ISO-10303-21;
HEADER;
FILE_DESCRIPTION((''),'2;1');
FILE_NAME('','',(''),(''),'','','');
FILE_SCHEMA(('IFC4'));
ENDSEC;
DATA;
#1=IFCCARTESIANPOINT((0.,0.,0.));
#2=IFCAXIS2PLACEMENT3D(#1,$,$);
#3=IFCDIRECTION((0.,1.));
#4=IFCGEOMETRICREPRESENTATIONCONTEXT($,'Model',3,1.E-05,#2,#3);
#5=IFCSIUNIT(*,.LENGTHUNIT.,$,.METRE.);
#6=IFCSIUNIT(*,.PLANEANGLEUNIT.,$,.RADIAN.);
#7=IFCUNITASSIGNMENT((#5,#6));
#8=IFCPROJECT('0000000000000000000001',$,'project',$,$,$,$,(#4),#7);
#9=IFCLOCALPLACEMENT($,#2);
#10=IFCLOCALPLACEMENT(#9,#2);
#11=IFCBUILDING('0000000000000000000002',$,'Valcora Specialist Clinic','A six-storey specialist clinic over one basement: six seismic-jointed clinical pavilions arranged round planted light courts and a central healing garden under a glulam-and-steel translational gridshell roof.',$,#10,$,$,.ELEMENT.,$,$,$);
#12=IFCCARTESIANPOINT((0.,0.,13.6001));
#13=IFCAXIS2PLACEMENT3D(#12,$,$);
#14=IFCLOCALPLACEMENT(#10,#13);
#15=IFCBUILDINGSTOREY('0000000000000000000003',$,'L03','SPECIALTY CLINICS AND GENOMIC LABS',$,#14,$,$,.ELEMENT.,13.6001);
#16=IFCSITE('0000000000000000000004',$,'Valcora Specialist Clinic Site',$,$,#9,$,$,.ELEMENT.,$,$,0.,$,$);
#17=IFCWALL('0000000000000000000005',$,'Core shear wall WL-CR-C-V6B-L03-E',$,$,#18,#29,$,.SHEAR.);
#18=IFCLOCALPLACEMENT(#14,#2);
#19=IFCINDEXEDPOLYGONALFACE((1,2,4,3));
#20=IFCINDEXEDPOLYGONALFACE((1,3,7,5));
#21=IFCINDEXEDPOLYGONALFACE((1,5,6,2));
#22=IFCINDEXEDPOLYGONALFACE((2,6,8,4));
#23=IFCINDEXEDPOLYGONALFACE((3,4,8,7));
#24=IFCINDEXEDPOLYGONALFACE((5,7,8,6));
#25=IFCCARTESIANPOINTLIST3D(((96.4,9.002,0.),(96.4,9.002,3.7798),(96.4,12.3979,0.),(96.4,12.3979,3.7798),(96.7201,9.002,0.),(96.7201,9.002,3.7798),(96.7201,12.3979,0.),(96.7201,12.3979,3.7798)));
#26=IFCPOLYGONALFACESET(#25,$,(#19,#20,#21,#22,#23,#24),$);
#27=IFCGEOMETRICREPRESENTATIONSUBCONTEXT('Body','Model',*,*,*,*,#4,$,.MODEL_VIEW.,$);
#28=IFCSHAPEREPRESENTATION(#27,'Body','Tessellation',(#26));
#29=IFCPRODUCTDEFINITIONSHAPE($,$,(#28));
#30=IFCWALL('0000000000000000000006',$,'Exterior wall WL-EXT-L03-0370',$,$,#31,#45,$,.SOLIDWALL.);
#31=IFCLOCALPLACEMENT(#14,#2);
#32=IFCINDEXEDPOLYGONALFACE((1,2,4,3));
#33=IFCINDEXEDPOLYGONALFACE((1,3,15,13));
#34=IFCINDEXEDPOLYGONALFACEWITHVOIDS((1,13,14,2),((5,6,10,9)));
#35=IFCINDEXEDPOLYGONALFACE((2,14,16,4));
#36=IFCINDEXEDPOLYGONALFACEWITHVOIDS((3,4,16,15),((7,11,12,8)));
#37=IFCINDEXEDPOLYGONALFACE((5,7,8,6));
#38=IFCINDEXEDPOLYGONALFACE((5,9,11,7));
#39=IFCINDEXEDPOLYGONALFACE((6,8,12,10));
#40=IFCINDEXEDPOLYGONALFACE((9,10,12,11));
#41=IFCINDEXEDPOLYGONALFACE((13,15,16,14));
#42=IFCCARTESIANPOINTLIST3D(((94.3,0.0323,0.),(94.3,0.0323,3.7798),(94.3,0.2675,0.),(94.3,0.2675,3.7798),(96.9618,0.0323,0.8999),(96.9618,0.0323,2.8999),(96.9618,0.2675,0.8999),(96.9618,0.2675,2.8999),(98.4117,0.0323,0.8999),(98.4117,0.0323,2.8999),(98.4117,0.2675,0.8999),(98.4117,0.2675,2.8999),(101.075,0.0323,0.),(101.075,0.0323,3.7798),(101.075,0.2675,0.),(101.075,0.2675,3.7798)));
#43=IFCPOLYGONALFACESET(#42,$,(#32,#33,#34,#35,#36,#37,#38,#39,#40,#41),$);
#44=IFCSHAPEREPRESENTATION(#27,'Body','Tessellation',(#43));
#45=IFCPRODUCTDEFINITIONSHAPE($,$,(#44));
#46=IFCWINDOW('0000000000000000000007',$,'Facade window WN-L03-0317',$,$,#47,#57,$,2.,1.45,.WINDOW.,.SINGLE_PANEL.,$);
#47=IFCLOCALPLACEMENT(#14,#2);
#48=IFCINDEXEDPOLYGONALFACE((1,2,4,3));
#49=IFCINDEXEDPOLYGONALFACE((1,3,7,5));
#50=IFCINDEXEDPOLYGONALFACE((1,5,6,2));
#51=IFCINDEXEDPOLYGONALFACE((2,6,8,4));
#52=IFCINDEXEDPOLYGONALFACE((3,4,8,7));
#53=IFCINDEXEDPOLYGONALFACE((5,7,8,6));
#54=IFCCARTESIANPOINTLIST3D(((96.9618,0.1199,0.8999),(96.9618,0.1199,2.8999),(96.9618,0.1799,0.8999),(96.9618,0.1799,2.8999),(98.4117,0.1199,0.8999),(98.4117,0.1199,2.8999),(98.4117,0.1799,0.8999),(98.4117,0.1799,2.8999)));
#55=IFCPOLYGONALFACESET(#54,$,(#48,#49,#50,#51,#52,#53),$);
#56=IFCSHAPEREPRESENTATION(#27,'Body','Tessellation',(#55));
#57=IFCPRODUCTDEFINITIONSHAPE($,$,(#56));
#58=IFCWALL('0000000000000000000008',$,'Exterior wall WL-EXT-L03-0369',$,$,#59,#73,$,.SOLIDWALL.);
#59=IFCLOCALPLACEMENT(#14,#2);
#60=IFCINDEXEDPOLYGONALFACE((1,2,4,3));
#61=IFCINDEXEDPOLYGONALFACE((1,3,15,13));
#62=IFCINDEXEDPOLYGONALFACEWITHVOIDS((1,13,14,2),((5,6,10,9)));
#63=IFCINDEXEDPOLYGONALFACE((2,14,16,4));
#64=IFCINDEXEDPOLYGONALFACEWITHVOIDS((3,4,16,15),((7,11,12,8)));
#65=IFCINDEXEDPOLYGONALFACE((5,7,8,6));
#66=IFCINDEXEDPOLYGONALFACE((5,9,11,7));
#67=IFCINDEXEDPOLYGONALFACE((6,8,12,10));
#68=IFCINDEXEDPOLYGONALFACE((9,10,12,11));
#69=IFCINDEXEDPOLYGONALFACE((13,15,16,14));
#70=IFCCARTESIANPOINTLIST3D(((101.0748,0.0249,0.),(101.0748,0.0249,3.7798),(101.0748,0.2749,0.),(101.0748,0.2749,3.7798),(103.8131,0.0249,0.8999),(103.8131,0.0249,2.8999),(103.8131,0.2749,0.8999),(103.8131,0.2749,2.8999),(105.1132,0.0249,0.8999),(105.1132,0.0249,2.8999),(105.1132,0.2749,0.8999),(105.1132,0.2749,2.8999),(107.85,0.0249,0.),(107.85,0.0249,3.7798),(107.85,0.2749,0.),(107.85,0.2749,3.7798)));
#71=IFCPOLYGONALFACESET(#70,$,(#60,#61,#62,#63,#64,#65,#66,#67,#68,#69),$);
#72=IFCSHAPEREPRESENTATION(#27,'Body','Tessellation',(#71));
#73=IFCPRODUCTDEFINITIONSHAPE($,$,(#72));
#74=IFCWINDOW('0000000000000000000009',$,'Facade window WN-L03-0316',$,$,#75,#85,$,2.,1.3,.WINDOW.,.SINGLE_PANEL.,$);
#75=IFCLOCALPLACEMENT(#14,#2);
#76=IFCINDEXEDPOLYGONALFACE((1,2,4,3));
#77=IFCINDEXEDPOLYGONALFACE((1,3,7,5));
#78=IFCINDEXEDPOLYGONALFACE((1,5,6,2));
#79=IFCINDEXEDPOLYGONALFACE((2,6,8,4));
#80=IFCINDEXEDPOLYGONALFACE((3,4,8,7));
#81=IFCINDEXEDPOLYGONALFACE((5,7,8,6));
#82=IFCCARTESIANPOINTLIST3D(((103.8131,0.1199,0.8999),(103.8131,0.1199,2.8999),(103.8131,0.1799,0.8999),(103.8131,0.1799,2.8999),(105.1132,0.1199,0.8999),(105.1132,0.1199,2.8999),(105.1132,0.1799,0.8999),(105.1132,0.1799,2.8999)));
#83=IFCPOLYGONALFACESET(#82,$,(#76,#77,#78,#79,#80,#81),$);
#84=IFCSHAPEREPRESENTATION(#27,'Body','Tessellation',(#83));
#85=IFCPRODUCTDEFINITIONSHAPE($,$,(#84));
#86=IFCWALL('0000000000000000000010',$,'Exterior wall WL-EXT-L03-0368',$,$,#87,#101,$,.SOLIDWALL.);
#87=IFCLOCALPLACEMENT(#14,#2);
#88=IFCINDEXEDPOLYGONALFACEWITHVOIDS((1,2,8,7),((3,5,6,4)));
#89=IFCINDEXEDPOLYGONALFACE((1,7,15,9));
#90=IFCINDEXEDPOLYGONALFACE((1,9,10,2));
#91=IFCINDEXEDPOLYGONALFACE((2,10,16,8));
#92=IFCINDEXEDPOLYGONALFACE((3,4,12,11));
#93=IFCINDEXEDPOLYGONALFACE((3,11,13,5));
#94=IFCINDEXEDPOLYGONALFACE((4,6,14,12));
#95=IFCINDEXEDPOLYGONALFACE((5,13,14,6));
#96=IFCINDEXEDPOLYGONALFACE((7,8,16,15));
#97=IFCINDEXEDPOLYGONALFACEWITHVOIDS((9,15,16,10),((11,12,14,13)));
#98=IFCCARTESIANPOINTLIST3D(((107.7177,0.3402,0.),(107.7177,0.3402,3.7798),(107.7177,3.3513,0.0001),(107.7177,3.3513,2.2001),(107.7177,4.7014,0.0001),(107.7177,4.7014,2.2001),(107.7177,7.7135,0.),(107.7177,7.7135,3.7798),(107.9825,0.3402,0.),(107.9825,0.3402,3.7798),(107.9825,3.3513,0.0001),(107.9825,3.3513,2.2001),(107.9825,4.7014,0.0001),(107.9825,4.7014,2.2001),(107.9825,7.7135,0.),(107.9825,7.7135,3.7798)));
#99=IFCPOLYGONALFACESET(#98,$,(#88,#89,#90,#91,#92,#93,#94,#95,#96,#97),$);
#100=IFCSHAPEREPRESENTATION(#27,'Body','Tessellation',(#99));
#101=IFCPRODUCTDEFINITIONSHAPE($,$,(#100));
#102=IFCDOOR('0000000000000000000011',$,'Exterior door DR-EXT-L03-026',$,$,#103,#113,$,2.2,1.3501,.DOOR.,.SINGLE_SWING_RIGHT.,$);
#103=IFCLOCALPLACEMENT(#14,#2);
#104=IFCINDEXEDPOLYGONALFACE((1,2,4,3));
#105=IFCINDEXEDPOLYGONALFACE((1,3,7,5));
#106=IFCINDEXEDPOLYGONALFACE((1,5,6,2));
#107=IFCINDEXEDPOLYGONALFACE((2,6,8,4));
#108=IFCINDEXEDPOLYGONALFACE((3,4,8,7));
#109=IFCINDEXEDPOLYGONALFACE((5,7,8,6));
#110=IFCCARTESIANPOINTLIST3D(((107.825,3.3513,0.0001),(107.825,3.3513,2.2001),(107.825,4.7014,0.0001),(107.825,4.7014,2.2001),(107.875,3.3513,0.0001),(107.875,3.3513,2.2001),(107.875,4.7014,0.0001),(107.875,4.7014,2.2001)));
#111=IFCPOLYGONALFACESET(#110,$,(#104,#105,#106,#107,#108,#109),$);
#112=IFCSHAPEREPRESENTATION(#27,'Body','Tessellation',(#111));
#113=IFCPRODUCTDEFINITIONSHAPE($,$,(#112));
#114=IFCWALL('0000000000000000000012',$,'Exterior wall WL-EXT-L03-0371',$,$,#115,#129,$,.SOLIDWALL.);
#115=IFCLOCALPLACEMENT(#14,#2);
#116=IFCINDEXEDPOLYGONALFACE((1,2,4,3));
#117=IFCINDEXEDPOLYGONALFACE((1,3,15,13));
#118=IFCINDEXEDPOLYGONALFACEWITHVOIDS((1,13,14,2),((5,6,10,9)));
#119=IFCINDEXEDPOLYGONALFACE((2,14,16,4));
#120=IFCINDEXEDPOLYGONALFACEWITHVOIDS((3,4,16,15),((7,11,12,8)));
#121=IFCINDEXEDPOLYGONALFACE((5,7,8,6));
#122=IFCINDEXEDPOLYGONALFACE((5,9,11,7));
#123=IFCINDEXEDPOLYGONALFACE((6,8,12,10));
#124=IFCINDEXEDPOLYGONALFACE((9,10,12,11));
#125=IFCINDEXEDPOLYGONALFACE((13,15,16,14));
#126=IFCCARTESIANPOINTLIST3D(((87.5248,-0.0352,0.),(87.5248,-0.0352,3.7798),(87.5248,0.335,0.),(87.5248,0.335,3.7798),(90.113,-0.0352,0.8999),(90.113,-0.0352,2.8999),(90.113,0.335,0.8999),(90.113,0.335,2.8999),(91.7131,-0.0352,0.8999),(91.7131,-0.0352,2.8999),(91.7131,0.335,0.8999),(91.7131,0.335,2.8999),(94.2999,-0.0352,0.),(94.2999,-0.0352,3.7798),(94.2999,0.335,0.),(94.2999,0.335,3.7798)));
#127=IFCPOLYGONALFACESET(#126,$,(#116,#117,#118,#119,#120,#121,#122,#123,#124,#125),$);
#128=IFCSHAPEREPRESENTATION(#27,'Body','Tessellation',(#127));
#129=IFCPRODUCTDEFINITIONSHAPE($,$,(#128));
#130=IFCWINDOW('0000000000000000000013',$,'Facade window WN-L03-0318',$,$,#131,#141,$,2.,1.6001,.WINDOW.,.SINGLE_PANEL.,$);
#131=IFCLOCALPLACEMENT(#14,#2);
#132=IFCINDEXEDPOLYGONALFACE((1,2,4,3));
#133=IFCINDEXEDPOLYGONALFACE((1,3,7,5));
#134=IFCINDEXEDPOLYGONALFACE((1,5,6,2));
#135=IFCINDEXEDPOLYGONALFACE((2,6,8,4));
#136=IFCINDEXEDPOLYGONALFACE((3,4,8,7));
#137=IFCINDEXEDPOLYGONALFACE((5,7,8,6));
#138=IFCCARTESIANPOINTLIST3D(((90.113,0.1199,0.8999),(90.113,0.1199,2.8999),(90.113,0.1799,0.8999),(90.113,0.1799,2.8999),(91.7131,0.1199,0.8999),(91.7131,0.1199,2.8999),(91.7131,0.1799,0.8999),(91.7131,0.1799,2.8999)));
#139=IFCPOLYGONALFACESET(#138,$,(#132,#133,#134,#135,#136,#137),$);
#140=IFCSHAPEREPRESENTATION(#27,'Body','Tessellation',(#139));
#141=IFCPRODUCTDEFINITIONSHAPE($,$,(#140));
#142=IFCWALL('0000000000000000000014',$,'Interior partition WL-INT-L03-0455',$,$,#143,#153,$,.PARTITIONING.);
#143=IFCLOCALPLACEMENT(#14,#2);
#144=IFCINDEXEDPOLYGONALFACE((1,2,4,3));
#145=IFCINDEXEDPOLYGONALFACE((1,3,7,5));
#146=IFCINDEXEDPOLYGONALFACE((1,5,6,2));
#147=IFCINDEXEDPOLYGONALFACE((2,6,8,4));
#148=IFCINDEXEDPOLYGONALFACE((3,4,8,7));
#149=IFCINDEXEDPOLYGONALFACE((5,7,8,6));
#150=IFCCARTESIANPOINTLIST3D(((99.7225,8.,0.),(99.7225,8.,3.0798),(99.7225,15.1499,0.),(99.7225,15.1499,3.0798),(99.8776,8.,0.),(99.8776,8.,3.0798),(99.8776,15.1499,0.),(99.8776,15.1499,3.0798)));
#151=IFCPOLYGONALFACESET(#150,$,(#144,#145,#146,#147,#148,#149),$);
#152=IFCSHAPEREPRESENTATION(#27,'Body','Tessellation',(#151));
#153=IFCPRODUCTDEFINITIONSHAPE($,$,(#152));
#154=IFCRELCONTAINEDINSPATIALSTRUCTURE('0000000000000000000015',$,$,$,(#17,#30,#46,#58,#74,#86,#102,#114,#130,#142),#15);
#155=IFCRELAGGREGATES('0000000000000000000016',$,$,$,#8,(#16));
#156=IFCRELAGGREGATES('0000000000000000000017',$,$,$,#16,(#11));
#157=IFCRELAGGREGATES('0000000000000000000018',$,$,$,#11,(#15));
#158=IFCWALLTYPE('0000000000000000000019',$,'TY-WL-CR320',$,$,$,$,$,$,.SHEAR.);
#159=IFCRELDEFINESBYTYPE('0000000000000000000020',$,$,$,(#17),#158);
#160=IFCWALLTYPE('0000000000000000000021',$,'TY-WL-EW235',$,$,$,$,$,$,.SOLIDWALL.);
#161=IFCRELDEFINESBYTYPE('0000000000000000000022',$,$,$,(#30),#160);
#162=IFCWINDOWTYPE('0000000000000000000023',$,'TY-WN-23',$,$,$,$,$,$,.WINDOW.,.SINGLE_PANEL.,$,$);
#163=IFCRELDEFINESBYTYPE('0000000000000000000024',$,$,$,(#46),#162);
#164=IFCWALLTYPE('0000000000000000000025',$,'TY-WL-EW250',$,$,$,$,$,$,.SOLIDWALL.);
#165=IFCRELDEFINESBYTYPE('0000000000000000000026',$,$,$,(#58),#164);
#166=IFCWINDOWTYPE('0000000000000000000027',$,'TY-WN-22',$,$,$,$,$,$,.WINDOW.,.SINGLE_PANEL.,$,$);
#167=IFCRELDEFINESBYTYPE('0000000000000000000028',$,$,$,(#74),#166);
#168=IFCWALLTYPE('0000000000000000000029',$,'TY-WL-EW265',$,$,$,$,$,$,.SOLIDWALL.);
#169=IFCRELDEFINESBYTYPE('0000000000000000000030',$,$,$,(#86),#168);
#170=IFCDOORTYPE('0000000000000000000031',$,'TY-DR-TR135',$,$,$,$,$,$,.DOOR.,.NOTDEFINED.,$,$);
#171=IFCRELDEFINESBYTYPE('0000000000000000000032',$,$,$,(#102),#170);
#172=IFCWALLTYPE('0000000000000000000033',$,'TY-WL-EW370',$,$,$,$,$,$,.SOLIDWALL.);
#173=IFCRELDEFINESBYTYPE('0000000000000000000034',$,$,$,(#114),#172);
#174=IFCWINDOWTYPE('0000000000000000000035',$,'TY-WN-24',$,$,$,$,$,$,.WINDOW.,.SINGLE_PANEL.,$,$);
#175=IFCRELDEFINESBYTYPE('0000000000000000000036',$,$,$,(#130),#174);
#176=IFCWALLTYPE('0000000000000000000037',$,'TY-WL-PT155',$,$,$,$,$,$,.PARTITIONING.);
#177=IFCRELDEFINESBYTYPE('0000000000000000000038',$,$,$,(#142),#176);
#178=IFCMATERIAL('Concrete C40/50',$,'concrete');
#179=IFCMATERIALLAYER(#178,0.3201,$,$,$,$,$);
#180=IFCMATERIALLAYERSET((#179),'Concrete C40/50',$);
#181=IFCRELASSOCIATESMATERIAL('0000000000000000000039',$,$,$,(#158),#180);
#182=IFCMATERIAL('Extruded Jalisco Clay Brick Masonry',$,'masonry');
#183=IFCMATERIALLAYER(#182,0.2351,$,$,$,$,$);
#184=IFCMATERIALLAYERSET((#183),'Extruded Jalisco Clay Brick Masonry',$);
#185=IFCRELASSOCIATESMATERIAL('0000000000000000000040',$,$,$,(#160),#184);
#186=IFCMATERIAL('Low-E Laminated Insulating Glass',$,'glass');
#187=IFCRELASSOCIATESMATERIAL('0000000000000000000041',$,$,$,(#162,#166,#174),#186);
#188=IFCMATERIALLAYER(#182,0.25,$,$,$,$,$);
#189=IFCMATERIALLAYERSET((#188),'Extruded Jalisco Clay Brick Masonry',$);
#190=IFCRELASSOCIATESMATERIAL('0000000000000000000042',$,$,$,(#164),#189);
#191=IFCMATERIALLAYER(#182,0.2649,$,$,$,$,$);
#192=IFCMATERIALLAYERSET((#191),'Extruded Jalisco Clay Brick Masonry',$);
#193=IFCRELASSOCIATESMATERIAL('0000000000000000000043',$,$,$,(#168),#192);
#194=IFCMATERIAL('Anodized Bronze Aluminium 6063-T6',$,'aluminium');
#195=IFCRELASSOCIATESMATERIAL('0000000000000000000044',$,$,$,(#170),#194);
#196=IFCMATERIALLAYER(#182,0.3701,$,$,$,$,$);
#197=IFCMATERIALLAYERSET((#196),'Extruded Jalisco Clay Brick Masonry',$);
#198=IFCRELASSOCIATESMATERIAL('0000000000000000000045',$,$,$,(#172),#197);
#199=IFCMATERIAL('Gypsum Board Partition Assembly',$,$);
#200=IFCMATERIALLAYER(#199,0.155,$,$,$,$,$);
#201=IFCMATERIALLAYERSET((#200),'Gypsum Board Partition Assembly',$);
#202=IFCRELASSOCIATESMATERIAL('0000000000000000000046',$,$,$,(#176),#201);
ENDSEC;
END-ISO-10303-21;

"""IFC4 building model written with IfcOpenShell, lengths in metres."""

from ifc_helpers import new_model, si_unit, direction, frame, frame_2d, origin, place, context, subcontext, project, spatial, rectangle, extrude, material, layer, layer_set, type_object, element, fill, save


model = new_model("IFC4")

# Units and contexts
model_context = context("Model", 3, precision=1e-05, world=origin(), true_north=direction((0.0, 1.0)))
body_context = subcontext(model_context, "Body", "Model", "MODEL_VIEW")
ifc_project = project(units=[si_unit("LENGTHUNIT", "METRE"), si_unit("PLANEANGLEUNIT", "RADIAN")], contexts=[model_context])

# Site, building, storey
site_placement = place(None, origin())
site = spatial("IfcSite", under=ifc_project, at=site_placement, Name="Valcora Specialist Clinic Site", CompositionType="ELEMENT", RefElevation=0.0)
building_placement = place(site_placement, origin())
building = spatial("IfcBuilding", under=site, at=building_placement, Name="Valcora Specialist Clinic", Description="A six-storey specialist clinic over one basement: six seismic-jointed clinical pavilions arranged round planted light courts and a central healing garden under a glulam-and-steel translational gridshell roof.", CompositionType="ELEMENT")
storey_placement = place(building_placement, frame((0.0, 0.0, 13.6001)))
storey = spatial("IfcBuildingStorey", under=building, at=storey_placement, Name="L03", Description="SPECIALTY CLINICS AND GENOMIC LABS", CompositionType="ELEMENT", Elevation=13.6001)

# Shared definitions
ifc_material_1 = material(Name="Concrete C40/50", Category="concrete")

# Wall
ifc_layer_1 = layer(ifc_material_1, 0.3201)
ifc_layer_set_1 = layer_set([ifc_layer_1], Name="Concrete C40/50")
wall_type_1 = type_object("IfcWallType", Name="TY-WL-CR320", PredefinedType="SHEAR", material=ifc_layer_set_1)
wall_1_placement = place(storey_placement, frame((96.5601, 9.002, 0.0), z_axis=(0.0, 0.0, 1.0), x_axis=(0.0, 1.0, 0.0)))
element("IfcWall", 1, at=wall_1_placement, inside=storey, type_object=wall_type_1, Name="Core shear wall WL-CR-C-V6B-L03-E", PredefinedType="SHEAR", context=body_context, shape_type="SweptSolid", body=[
    extrude(rectangle(XDim=3.396, YDim=0.3201, at=frame_2d((1.698, 0.0))), origin(), (0.0, 0.0, 1.0), 3.7798),
])

# Walls, openings, windows
ifc_material_2 = material(Name="Extruded Jalisco Clay Brick Masonry", Category="masonry")
ifc_layer_2 = layer(ifc_material_2, 0.2351)
ifc_layer_set_2 = layer_set([ifc_layer_2], Name="Extruded Jalisco Clay Brick Masonry")
wall_type_2 = type_object("IfcWallType", Name="TY-WL-EW235", PredefinedType="SOLIDWALL", material=ifc_layer_set_2)
wall_2_placement = place(storey_placement, frame((101.075, 0.1499, 0.0), z_axis=(0.0, 0.0, 1.0), x_axis=(-1.0, 0.0, 0.0)))
wall_2 = element("IfcWall", 2, at=wall_2_placement, inside=storey, type_object=wall_type_2, Name="Exterior wall WL-EXT-L03-0370", PredefinedType="SOLIDWALL", context=body_context, shape_type="SweptSolid", body=[
    extrude(rectangle(XDim=6.7749, YDim=0.2351, at=frame_2d((3.3875, 0.0))), origin(), (0.0, 0.0, 1.0), 3.7798),
])
opening_1_placement = place(wall_2_placement, frame((2.6631, 0.0, 0.8999)))
opening_1 = element("IfcOpeningElement", 3, at=opening_1_placement, cuts=wall_2, PredefinedType="OPENING", context=body_context, shape_type="SweptSolid", body=[
    extrude(rectangle(XDim=1.45, YDim=2.0, at=frame_2d((0.7251, 1.0))), frame((0.0, 0.1274, 0.0), z_axis=(0.0, -1.0, 0.0), x_axis=(1.0, 0.0, 0.0)), (0.0, 0.0, 1.0), 0.2551),
])
ifc_material_3 = material(Name="Low-E Laminated Insulating Glass", Category="glass")
window_type_1 = type_object("IfcWindowType", Name="TY-WN-23", PartitioningType="SINGLE_PANEL", PredefinedType="WINDOW", material=ifc_material_3)
window_1_placement = place(opening_1_placement, origin())
window_1 = element("IfcWindow", 4, at=window_1_placement, inside=storey, type_object=window_type_1, Name="Facade window WN-L03-0317", OverallHeight=2.0, OverallWidth=1.45, PartitioningType="SINGLE_PANEL", PredefinedType="WINDOW", context=body_context, shape_type="SweptSolid", body=[
    extrude(rectangle(XDim=1.45, YDim=2.0, at=frame_2d((0.7251, 1.0))), frame((0.0, 0.03, 0.0), z_axis=(0.0, -1.0, 0.0), x_axis=(1.0, 0.0, 0.0)), (0.0, 0.0, 1.0), 0.0601),
])
fill(opening_1, window_1)
ifc_layer_3 = layer(ifc_material_2, 0.25)
ifc_layer_set_3 = layer_set([ifc_layer_3], Name="Extruded Jalisco Clay Brick Masonry")
wall_type_3 = type_object("IfcWallType", Name="TY-WL-EW250", PredefinedType="SOLIDWALL", material=ifc_layer_set_3)
wall_3_placement = place(storey_placement, frame((107.8501, 0.1499, 0.0), z_axis=(0.0, 0.0, 1.0), x_axis=(-1.0, 0.0, 0.0)))
wall_3 = element("IfcWall", 5, at=wall_3_placement, inside=storey, type_object=wall_type_3, Name="Exterior wall WL-EXT-L03-0369", PredefinedType="SOLIDWALL", context=body_context, shape_type="SweptSolid", body=[
    extrude(rectangle(XDim=6.7751, YDim=0.25, at=frame_2d((3.3877, 0.0))), origin(), (0.0, 0.0, 1.0), 3.7798),
])
opening_2_placement = place(wall_3_placement, frame((2.7371, 0.0, 0.8999)))
opening_2 = element("IfcOpeningElement", 6, at=opening_2_placement, cuts=wall_3, PredefinedType="OPENING", context=body_context, shape_type="SweptSolid", body=[
    extrude(rectangle(XDim=1.3, YDim=2.0, at=frame_2d((0.6499, 1.0))), frame((0.0, 0.135, 0.0), z_axis=(0.0, -1.0, 0.0), x_axis=(1.0, 0.0, 0.0)), (0.0, 0.0, 1.0), 0.27),
])
window_type_2 = type_object("IfcWindowType", Name="TY-WN-22", PartitioningType="SINGLE_PANEL", PredefinedType="WINDOW", material=ifc_material_3)
window_2_placement = place(opening_2_placement, origin())
window_2 = element("IfcWindow", 7, at=window_2_placement, inside=storey, type_object=window_type_2, Name="Facade window WN-L03-0316", OverallHeight=2.0, OverallWidth=1.3, PartitioningType="SINGLE_PANEL", PredefinedType="WINDOW", context=body_context, shape_type="SweptSolid", body=[
    extrude(rectangle(XDim=1.3, YDim=2.0, at=frame_2d((0.6499, 1.0))), frame((0.0, 0.03, 0.0), z_axis=(0.0, -1.0, 0.0), x_axis=(1.0, 0.0, 0.0)), (0.0, 0.0, 1.0), 0.0601),
])
fill(opening_2, window_2)

# Wall, opening, door
ifc_layer_4 = layer(ifc_material_2, 0.2649)
ifc_layer_set_4 = layer_set([ifc_layer_4], Name="Extruded Jalisco Clay Brick Masonry")
wall_type_4 = type_object("IfcWallType", Name="TY-WL-EW265", PredefinedType="SOLIDWALL", material=ifc_layer_set_4)
wall_4_placement = place(storey_placement, frame((107.8501, 7.7134, 0.0), z_axis=(0.0, 0.0, 1.0), x_axis=(0.0, -1.0, 0.0)))
wall_4 = element("IfcWall", 8, at=wall_4_placement, inside=storey, type_object=wall_type_4, Name="Exterior wall WL-EXT-L03-0368", PredefinedType="SOLIDWALL", context=body_context, shape_type="SweptSolid", body=[
    extrude(rectangle(XDim=7.3733, YDim=0.2649, at=frame_2d((3.6865, 0.0))), origin(), (0.0, 0.0, 1.0), 3.7798),
])
opening_3_placement = place(wall_4_placement, frame((3.012, 0.0, 0.0)))
opening_3 = element("IfcOpeningElement", 9, at=opening_3_placement, cuts=wall_4, PredefinedType="OPENING", context=body_context, shape_type="SweptSolid", body=[
    extrude(rectangle(XDim=1.3501, YDim=2.2, at=frame_2d((0.675, 1.1001))), frame((0.0, 0.1423, 0.0), z_axis=(0.0, -1.0, 0.0), x_axis=(1.0, 0.0, 0.0)), (0.0, 0.0, 1.0), 0.2849),
])
ifc_material_4 = material(Name="Anodized Bronze Aluminium 6063-T6", Category="aluminium")
door_type = type_object("IfcDoorType", Name="TY-DR-TR135", OperationType="NOTDEFINED", PredefinedType="DOOR", material=ifc_material_4)
door_placement = place(opening_3_placement, origin())
door = element("IfcDoor", 10, at=door_placement, inside=storey, type_object=door_type, Name="Exterior door DR-EXT-L03-026", OperationType="SINGLE_SWING_RIGHT", OverallHeight=2.2, OverallWidth=1.3501, PredefinedType="DOOR", context=body_context, shape_type="SweptSolid", body=[
    extrude(rectangle(XDim=1.3501, YDim=2.2, at=frame_2d((0.675, 1.1001))), frame((0.0, 0.0249, 0.0), z_axis=(0.0, -1.0, 0.0), x_axis=(1.0, 0.0, 0.0)), (0.0, 0.0, 1.0), 0.05),
])
fill(opening_3, door)

# Wall, opening, window
ifc_layer_5 = layer(ifc_material_2, 0.3701)
ifc_layer_set_5 = layer_set([ifc_layer_5], Name="Extruded Jalisco Clay Brick Masonry")
wall_type_5 = type_object("IfcWallType", Name="TY-WL-EW370", PredefinedType="SOLIDWALL", material=ifc_layer_set_5)
wall_5_placement = place(storey_placement, frame((94.3, 0.1499, 0.0), z_axis=(0.0, 0.0, 1.0), x_axis=(-1.0, 0.0, 0.0)))
wall_5 = element("IfcWall", 11, at=wall_5_placement, inside=storey, type_object=wall_type_5, Name="Exterior wall WL-EXT-L03-0371", PredefinedType="SOLIDWALL", context=body_context, shape_type="SweptSolid", body=[
    extrude(rectangle(XDim=6.7751, YDim=0.3701, at=frame_2d((3.3877, 0.0))), origin(), (0.0, 0.0, 1.0), 3.7798),
])
opening_4_placement = place(wall_5_placement, frame((2.5869, 0.0, 0.8999)))
opening_4 = element("IfcOpeningElement", 12, at=opening_4_placement, cuts=wall_5, PredefinedType="OPENING", context=body_context, shape_type="SweptSolid", body=[
    extrude(rectangle(XDim=1.6001, YDim=2.0, at=frame_2d((0.8, 1.0))), frame((0.0, 0.1951, 0.0), z_axis=(0.0, -1.0, 0.0), x_axis=(1.0, 0.0, 0.0)), (0.0, 0.0, 1.0), 0.3901),
])
window_type_3 = type_object("IfcWindowType", Name="TY-WN-24", PartitioningType="SINGLE_PANEL", PredefinedType="WINDOW", material=ifc_material_3)
window_3_placement = place(opening_4_placement, origin())
window_3 = element("IfcWindow", 13, at=window_3_placement, inside=storey, type_object=window_type_3, Name="Facade window WN-L03-0318", OverallHeight=2.0, OverallWidth=1.6001, PartitioningType="SINGLE_PANEL", PredefinedType="WINDOW", context=body_context, shape_type="SweptSolid", body=[
    extrude(rectangle(XDim=1.6001, YDim=2.0, at=frame_2d((0.8, 1.0))), frame((0.0, 0.03, 0.0), z_axis=(0.0, -1.0, 0.0), x_axis=(1.0, 0.0, 0.0)), (0.0, 0.0, 1.0), 0.0601),
])
fill(opening_4, window_3)

# Wall
ifc_material_5 = material(Name="Gypsum Board Partition Assembly")
ifc_layer_6 = layer(ifc_material_5, 0.155)
ifc_layer_set_6 = layer_set([ifc_layer_6], Name="Gypsum Board Partition Assembly")
wall_type_6 = type_object("IfcWallType", Name="TY-WL-PT155", PredefinedType="PARTITIONING", material=ifc_layer_set_6)
wall_6_placement = place(storey_placement, frame((99.8, 8.0, 0.0), z_axis=(0.0, 0.0, 1.0), x_axis=(0.0, 1.0, 0.0)))
element("IfcWall", 14, at=wall_6_placement, inside=storey, type_object=wall_type_6, Name="Interior partition WL-INT-L03-0455", PredefinedType="PARTITIONING", context=body_context, shape_type="SweptSolid", body=[
    extrude(rectangle(XDim=7.1499, YDim=0.155, at=frame_2d((3.575, 0.0))), origin(), (0.0, 0.0, 1.0), 3.0798),
])

save(model, "model.ifc")
